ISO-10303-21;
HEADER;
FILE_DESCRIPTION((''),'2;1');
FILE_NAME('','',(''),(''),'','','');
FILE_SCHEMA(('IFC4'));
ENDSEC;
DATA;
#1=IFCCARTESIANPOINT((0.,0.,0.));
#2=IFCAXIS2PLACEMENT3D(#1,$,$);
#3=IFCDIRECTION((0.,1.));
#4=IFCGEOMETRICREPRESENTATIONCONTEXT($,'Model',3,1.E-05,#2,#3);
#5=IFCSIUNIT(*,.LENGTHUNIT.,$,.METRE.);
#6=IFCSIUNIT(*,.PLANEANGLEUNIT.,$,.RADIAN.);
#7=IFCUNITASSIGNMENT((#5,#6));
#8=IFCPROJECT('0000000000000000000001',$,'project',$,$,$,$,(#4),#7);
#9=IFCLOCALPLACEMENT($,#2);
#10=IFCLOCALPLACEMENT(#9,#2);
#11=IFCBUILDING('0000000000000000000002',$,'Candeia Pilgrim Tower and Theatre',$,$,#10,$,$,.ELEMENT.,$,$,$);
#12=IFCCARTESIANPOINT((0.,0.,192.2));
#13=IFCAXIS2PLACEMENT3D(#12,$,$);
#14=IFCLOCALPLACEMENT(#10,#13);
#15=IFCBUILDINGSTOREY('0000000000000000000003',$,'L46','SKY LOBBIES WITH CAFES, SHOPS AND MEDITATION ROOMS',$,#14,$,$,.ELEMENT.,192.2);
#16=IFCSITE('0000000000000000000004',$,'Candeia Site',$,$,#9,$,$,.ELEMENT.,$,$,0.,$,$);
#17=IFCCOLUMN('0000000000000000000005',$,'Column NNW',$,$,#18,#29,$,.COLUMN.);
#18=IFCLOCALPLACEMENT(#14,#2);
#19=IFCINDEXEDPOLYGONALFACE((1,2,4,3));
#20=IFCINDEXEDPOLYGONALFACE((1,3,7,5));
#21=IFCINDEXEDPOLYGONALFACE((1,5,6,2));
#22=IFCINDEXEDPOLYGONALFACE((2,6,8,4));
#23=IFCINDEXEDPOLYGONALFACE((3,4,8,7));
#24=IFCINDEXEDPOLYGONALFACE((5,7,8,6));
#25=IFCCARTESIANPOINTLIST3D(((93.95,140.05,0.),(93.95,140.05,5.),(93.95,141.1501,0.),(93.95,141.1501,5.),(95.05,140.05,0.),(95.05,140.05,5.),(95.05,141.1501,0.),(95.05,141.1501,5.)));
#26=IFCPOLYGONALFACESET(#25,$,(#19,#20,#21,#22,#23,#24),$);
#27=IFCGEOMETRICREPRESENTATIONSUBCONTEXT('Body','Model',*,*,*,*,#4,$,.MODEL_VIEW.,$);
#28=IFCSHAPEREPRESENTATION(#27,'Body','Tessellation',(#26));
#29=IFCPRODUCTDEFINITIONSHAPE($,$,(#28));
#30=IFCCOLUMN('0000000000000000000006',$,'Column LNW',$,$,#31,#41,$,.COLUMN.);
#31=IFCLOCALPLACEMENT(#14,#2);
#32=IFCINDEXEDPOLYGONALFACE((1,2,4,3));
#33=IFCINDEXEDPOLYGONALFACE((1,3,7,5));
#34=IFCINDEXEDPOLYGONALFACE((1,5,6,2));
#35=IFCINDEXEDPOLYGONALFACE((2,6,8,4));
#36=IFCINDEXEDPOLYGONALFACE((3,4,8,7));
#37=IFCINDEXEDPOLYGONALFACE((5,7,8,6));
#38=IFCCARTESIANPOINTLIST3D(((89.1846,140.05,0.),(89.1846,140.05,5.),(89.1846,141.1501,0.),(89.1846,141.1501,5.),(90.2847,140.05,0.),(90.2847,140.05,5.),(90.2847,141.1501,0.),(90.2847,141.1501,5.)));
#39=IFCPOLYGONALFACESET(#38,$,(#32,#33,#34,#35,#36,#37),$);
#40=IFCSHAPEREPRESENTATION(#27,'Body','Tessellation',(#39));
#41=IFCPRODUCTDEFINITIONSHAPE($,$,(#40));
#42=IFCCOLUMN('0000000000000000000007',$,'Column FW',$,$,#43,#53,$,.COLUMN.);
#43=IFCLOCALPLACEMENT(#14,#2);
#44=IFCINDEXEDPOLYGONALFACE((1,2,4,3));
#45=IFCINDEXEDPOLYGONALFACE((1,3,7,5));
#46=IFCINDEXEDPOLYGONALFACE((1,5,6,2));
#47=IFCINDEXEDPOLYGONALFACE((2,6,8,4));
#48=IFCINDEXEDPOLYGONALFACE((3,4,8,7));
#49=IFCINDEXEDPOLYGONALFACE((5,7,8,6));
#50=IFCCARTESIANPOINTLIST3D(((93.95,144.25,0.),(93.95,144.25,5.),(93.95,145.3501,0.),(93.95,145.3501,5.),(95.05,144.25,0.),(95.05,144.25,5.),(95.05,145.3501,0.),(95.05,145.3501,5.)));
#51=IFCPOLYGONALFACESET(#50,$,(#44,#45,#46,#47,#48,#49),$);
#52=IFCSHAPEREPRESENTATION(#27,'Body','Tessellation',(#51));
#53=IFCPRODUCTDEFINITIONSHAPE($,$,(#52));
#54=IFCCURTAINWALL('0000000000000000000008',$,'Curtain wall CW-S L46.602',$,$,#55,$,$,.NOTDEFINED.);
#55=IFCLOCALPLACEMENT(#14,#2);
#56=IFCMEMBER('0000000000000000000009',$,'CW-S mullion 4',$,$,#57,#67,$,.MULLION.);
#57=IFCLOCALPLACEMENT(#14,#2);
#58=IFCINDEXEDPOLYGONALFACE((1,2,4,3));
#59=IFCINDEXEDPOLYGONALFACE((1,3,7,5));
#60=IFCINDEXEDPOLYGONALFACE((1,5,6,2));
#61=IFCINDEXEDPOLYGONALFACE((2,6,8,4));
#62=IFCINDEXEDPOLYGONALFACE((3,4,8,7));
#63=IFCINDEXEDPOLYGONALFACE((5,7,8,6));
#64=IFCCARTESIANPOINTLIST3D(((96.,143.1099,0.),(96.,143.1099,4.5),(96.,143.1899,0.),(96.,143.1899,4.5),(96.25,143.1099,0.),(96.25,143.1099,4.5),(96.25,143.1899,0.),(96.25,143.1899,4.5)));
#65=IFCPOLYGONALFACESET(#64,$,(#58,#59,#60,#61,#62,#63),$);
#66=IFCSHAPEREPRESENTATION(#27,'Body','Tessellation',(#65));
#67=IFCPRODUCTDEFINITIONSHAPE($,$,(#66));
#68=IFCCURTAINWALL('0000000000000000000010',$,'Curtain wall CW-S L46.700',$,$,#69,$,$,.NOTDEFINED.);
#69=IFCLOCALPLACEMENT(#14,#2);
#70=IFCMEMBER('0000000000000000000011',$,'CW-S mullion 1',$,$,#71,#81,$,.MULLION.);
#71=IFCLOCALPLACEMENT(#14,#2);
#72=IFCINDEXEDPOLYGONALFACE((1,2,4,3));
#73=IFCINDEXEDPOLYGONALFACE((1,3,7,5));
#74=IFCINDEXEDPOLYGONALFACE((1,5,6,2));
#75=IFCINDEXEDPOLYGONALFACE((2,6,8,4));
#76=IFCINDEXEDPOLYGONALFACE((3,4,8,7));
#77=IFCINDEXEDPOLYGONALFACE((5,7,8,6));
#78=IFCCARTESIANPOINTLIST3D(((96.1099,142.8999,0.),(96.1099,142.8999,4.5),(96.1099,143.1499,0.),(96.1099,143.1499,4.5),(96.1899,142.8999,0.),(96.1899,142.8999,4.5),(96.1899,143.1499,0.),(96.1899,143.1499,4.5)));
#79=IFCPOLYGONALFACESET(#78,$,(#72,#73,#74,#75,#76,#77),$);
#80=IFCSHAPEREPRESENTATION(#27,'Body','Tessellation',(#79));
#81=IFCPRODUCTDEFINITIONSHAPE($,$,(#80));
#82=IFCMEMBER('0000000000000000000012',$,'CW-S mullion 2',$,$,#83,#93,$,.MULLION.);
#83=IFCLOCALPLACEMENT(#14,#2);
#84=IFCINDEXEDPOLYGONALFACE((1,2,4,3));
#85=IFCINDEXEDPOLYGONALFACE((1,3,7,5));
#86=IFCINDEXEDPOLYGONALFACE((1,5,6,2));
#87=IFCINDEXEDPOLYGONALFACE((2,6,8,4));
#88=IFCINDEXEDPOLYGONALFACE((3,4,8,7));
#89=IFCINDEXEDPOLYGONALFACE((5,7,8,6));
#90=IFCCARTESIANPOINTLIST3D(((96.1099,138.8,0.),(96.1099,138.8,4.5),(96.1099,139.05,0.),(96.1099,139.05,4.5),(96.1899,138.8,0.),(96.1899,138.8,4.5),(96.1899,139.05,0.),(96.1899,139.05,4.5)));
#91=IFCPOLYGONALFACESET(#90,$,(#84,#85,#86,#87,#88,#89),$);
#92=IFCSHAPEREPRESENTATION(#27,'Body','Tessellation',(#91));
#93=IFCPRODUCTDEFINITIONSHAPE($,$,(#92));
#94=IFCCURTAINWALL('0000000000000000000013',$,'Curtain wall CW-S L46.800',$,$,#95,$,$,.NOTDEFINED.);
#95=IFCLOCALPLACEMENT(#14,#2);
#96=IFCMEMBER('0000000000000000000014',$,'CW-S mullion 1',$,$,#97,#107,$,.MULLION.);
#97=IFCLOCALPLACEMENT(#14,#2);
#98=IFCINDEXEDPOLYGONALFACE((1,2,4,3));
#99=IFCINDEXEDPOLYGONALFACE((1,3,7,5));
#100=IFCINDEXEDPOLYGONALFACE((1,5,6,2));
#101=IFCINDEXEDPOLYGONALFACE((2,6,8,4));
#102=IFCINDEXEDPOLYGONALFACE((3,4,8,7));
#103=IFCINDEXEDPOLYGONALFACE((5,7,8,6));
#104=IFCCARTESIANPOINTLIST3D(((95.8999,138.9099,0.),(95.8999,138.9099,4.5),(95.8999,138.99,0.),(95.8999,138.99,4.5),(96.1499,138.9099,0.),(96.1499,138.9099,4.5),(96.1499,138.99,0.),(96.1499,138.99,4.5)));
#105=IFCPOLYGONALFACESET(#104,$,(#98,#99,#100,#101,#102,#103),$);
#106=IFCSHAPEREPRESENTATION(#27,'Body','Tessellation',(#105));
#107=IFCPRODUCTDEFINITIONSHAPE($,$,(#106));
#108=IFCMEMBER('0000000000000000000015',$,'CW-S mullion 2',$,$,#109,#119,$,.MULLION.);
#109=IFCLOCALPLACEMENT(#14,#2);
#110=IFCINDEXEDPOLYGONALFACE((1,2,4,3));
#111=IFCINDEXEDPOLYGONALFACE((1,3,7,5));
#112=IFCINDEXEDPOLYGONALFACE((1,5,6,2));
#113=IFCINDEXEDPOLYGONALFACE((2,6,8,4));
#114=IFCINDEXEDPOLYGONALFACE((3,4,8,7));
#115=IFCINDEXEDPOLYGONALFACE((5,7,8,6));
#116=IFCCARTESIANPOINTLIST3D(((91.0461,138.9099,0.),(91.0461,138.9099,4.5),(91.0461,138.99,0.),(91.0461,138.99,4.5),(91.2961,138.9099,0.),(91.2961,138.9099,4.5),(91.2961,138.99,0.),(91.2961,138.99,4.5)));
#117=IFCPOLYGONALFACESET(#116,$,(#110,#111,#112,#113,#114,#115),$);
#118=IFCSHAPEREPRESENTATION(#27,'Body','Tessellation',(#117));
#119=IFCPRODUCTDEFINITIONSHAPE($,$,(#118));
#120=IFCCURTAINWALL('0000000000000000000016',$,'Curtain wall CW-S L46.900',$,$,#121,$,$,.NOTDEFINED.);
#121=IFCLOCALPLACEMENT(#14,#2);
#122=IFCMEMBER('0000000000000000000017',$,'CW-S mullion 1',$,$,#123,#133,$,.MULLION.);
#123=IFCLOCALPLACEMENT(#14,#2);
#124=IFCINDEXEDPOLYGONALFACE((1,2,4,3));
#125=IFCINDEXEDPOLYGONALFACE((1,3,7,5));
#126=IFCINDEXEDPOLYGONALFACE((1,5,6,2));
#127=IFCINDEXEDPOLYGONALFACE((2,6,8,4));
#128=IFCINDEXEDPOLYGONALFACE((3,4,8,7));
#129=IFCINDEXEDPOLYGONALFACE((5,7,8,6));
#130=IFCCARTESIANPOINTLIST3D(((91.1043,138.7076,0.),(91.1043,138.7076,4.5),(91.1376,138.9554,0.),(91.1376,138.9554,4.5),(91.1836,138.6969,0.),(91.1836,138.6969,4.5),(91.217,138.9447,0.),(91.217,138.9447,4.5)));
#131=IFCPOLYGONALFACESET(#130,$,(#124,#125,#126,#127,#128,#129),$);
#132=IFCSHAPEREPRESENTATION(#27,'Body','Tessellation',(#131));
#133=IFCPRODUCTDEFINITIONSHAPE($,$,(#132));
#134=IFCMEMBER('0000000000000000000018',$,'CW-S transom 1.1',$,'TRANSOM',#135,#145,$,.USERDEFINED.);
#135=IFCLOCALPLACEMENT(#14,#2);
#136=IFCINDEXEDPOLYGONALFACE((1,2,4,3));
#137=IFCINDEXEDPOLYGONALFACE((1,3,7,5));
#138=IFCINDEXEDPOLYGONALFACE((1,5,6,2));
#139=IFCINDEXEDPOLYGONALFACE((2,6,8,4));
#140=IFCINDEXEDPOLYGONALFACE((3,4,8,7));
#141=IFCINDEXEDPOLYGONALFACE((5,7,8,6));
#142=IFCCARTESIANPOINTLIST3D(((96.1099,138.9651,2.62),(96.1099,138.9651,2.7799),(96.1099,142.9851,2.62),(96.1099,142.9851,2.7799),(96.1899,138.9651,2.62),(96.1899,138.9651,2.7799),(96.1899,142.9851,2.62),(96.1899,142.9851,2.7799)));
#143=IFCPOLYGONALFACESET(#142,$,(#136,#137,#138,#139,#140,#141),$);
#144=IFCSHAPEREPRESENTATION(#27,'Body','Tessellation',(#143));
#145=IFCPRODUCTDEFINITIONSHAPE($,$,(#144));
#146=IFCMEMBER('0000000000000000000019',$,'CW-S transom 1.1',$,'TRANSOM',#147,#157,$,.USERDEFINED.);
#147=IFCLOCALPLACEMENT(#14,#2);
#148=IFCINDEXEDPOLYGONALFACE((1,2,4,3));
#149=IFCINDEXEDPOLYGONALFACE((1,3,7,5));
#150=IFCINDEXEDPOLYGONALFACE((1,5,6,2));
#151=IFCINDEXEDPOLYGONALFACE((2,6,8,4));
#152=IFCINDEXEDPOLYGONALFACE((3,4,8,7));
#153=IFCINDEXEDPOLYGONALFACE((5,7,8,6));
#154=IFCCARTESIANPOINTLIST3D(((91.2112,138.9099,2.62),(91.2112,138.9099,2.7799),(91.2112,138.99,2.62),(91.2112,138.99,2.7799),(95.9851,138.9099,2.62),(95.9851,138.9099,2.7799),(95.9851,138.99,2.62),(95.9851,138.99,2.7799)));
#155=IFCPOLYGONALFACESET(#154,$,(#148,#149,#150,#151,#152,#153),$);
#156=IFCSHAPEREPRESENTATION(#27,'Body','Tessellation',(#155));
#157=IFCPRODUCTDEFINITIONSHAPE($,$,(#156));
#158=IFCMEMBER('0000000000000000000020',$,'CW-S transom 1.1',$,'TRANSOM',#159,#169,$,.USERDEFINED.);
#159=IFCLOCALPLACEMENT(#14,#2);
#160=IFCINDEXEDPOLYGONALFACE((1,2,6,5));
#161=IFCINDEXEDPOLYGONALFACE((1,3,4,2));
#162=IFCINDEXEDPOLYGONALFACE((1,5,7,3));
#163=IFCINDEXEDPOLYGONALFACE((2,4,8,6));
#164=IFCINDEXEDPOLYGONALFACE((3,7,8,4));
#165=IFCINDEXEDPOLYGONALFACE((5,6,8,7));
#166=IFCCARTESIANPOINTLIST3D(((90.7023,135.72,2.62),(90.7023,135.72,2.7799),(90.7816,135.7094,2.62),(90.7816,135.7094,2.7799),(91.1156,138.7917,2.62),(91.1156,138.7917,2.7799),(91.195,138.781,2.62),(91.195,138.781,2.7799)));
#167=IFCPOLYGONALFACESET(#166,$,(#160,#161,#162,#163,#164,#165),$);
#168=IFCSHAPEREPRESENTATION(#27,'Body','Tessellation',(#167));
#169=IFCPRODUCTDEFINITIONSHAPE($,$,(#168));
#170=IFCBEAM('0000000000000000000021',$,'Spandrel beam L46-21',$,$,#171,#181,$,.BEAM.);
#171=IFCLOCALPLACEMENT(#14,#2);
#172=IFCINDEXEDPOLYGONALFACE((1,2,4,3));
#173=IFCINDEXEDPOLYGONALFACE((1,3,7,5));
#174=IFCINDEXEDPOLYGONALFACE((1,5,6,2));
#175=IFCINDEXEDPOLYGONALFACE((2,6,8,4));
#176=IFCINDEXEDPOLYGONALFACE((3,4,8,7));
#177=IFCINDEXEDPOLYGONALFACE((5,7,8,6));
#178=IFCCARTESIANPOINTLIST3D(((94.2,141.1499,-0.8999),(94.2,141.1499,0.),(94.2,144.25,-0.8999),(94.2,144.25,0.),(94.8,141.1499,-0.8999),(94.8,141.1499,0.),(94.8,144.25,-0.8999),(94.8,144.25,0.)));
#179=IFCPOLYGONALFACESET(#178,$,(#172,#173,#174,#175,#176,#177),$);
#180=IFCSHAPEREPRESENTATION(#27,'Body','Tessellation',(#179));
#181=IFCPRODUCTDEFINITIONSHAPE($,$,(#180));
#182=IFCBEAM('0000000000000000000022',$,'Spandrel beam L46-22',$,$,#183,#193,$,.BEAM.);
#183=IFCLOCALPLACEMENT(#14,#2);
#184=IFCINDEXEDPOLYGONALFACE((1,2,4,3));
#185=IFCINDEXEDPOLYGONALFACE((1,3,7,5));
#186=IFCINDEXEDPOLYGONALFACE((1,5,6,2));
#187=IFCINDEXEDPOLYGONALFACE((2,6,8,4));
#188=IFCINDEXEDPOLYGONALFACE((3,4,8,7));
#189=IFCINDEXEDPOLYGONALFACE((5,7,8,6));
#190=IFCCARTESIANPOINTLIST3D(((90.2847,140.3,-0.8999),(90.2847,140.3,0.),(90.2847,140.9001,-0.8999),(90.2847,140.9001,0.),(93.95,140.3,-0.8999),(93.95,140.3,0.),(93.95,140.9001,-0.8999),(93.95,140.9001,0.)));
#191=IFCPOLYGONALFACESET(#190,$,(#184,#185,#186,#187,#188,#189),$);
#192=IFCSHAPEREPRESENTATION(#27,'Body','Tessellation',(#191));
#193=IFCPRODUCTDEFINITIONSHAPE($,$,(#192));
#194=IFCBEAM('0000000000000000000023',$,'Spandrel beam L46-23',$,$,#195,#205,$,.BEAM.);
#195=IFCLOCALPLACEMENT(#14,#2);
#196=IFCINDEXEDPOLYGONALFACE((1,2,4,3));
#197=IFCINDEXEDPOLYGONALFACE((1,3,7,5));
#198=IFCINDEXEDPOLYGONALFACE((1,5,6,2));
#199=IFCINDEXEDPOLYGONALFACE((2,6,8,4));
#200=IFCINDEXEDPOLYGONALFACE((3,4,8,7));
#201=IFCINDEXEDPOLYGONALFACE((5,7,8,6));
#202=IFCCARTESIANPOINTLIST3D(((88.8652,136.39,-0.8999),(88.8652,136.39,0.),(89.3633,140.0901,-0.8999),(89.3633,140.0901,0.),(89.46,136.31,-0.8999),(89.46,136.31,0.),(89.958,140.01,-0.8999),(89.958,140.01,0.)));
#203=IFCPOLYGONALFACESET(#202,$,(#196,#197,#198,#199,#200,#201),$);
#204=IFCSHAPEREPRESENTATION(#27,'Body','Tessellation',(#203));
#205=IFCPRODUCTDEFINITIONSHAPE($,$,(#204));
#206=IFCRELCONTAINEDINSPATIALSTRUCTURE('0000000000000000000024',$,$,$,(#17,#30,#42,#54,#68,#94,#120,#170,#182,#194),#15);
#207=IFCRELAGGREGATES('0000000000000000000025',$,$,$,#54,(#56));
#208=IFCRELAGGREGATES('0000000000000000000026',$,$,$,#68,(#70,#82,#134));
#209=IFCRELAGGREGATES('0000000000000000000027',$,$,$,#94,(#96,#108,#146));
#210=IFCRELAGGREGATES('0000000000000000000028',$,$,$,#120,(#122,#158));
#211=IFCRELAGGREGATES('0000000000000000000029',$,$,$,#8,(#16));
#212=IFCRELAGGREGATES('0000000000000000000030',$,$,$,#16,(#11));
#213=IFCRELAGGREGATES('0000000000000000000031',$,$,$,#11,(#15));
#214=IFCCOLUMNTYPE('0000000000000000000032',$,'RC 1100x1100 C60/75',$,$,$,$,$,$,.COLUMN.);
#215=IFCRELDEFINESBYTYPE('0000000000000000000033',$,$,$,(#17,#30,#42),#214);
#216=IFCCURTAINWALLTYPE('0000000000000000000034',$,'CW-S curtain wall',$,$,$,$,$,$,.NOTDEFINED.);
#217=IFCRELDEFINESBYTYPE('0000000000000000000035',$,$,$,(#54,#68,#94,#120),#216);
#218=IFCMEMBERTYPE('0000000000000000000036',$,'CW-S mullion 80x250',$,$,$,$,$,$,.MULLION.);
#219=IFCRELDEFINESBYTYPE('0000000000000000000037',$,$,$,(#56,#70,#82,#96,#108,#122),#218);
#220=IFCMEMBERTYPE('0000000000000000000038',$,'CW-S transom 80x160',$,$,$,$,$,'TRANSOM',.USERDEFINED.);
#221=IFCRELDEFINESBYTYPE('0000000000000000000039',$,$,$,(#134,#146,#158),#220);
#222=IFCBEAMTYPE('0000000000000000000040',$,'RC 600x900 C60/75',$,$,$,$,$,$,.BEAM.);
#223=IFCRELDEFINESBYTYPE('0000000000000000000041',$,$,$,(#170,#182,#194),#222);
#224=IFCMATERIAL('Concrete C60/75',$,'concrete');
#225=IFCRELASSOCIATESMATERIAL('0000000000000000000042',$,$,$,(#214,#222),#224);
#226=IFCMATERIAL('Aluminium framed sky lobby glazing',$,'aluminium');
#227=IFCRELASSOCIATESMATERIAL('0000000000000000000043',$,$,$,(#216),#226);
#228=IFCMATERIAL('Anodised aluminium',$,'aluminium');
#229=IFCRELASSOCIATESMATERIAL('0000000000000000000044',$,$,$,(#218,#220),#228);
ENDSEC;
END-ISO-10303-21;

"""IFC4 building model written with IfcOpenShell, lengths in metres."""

from ifc_helpers import new_model, si_unit, direction, frame, origin, origin_2d, place, context, subcontext, project, spatial, rectangle, extrude, material, material_profile, profile_set, type_object, element, aggregate, save


model = new_model("IFC4")

# Units and contexts
model_context = context("Model", 3, precision=1e-05, world=origin(), true_north=direction((0.0, 1.0)))
body_context = subcontext(model_context, "Body", "Model", "MODEL_VIEW")
ifc_project = project(units=[si_unit("LENGTHUNIT", "METRE"), si_unit("PLANEANGLEUNIT", "RADIAN")], contexts=[model_context])

# Site, building, storey
site_placement = place(None, origin())
site = spatial("IfcSite", under=ifc_project, at=site_placement, Name="Candeia Site", CompositionType="ELEMENT", RefElevation=0.0)
building_placement = place(site_placement, origin())
building = spatial("IfcBuilding", under=site, at=building_placement, Name="Candeia Pilgrim Tower and Theatre", CompositionType="ELEMENT")
storey_placement = place(building_placement, frame((0.0, 0.0, 192.2)))
storey = spatial("IfcBuildingStorey", under=building, at=storey_placement, Name="L46", Description="SKY LOBBIES WITH CAFES, SHOPS AND MEDITATION ROOMS", CompositionType="ELEMENT", Elevation=192.2)

# Columns
ifc_material_1 = material(Name="Concrete C60/75", Category="concrete")
ifc_material_profile_1 = material_profile(ifc_material_1, rectangle(XDim=1.1001, YDim=1.1001, at=origin_2d()))
ifc_profile_set_1 = profile_set([ifc_material_profile_1], Name="Concrete C60/75")
column_type = type_object("IfcColumnType", Name="RC 1100x1100 C60/75", PredefinedType="COLUMN", material=ifc_profile_set_1)
for number, where, z_axis, x_axis, name in (
    (1, (94.5, 140.6001, 0.0), (0.0, 0.0, 1.0), (1.0, 0.0, 0.0), "Column NNW"),
    (2, (89.7346, 140.6001, 0.0), (0.0, 0.0, 1.0), (1.0, 0.0, 0.0), "Column LNW"),
    (3, (94.5, 144.8, 0.0), (0.0, 0.0, 1.0), (1.0, 0.0, 0.0), "Column FW"),
):
    element("IfcColumn", number, at=place(storey_placement, frame(where, z_axis=z_axis, x_axis=x_axis)), inside=storey, type_object=column_type, Name=name, PredefinedType="COLUMN", context=body_context, shape_type="SweptSolid", body=[
        extrude(rectangle(XDim=1.1001, YDim=1.1001, at=origin_2d()), origin(), (0.0, 0.0, 1.0), 5.0),
    ])

# Curtain wall, member
ifc_material_2 = material(Name="Aluminium framed sky lobby glazing", Category="aluminium")
curtain_wall_type = type_object("IfcCurtainWallType", Name="CW-S curtain wall", PredefinedType="NOTDEFINED", material=ifc_material_2)
curtain_wall_1_placement = place(storey_placement, origin())
curtain_wall_1 = element("IfcCurtainWall", 4, at=curtain_wall_1_placement, inside=storey, type_object=curtain_wall_type, Name="Curtain wall CW-S L46.602", PredefinedType="NOTDEFINED")
ifc_material_3 = material(Name="Anodised aluminium", Category="aluminium")
ifc_material_profile_2 = material_profile(ifc_material_3, rectangle(XDim=0.0801, YDim=0.25, at=origin_2d()))
ifc_profile_set_2 = profile_set([ifc_material_profile_2], Name="Anodised aluminium")
member_type_1 = type_object("IfcMemberType", Name="CW-S mullion 80x250", PredefinedType="MULLION", material=ifc_profile_set_2)
member_1_placement = place(storey_placement, frame((96.125, 143.1499, 0.0), z_axis=(0.0, 0.0, 1.0), x_axis=(0.0, -1.0, 0.0)))
member_1 = element("IfcMember", 5, at=member_1_placement, type_object=member_type_1, Name="CW-S mullion 4", PredefinedType="MULLION", context=body_context, shape_type="SweptSolid", body=[
    extrude(rectangle(XDim=0.0801, YDim=0.25, at=origin_2d()), origin(), (0.0, 0.0, 1.0), 4.5),
])

# Curtain walls, members
curtain_wall_2_placement = place(storey_placement, origin())
curtain_wall_2 = element("IfcCurtainWall", 6, at=curtain_wall_2_placement, inside=storey, type_object=curtain_wall_type, Name="Curtain wall CW-S L46.700", PredefinedType="NOTDEFINED")
member_2_placement = place(storey_placement, frame((96.1499, 143.0249, 0.0), z_axis=(0.0, 0.0, 1.0), x_axis=(1.0, 0.0, 0.0)))
member_2 = element("IfcMember", 7, at=member_2_placement, type_object=member_type_1, Name="CW-S mullion 1", PredefinedType="MULLION", context=body_context, shape_type="SweptSolid", body=[
    extrude(rectangle(XDim=0.0801, YDim=0.25, at=origin_2d()), origin(), (0.0, 0.0, 1.0), 4.5),
])
member_3_placement = place(storey_placement, frame((96.1499, 138.925, 0.0), z_axis=(0.0, 0.0, 1.0), x_axis=(1.0, 0.0, 0.0)))
member_3 = element("IfcMember", 8, at=member_3_placement, type_object=member_type_1, Name="CW-S mullion 2", PredefinedType="MULLION", context=body_context, shape_type="SweptSolid", body=[
    extrude(rectangle(XDim=0.0801, YDim=0.25, at=origin_2d()), origin(), (0.0, 0.0, 1.0), 4.5),
])
curtain_wall_3_placement = place(storey_placement, origin())
curtain_wall_3 = element("IfcCurtainWall", 9, at=curtain_wall_3_placement, inside=storey, type_object=curtain_wall_type, Name="Curtain wall CW-S L46.800", PredefinedType="NOTDEFINED")
member_4_placement = place(storey_placement, frame((96.0249, 138.95, 0.0), z_axis=(0.0, 0.0, 1.0), x_axis=(0.0, -1.0, 0.0)))
member_4 = element("IfcMember", 10, at=member_4_placement, type_object=member_type_1, Name="CW-S mullion 1", PredefinedType="MULLION", context=body_context, shape_type="SweptSolid", body=[
    extrude(rectangle(XDim=0.0801, YDim=0.25, at=origin_2d()), origin(), (0.0, 0.0, 1.0), 4.5),
])
member_5_placement = place(storey_placement, frame((91.1711, 138.95, 0.0), z_axis=(0.0, 0.0, 1.0), x_axis=(0.0, -1.0, 0.0)))
member_5 = element("IfcMember", 11, at=member_5_placement, type_object=member_type_1, Name="CW-S mullion 2", PredefinedType="MULLION", context=body_context, shape_type="SweptSolid", body=[
    extrude(rectangle(XDim=0.0801, YDim=0.25, at=origin_2d()), origin(), (0.0, 0.0, 1.0), 4.5),
])

# Curtain wall, member
curtain_wall_4_placement = place(storey_placement, origin())
curtain_wall_4 = element("IfcCurtainWall", 12, at=curtain_wall_4_placement, inside=storey, type_object=curtain_wall_type, Name="Curtain wall CW-S L46.900", PredefinedType="NOTDEFINED")
member_6_placement = place(storey_placement, frame((91.1606, 138.8262, 0.0), z_axis=(0.0, 0.0, 1.0), x_axis=(0.991061, -0.133412, 0.0)))
member_6 = element("IfcMember", 13, at=member_6_placement, type_object=member_type_1, Name="CW-S mullion 1", PredefinedType="MULLION", context=body_context, shape_type="SweptSolid", body=[
    extrude(rectangle(XDim=0.0801, YDim=0.25, at=origin_2d()), origin(), (0.0, 0.0, 1.0), 4.5),
])

# Members
ifc_material_profile_3 = material_profile(ifc_material_3, rectangle(XDim=0.0801, YDim=0.1599, at=origin_2d()))
ifc_profile_set_3 = profile_set([ifc_material_profile_3], Name="Anodised aluminium")
member_type_2 = type_object("IfcMemberType", Name="CW-S transom 80x160", ElementType="TRANSOM", PredefinedType="USERDEFINED", material=ifc_profile_set_3)
member_7_placement = place(storey_placement, frame((96.1499, 142.9851, 2.7), z_axis=(0.0, -1.0, 0.0), x_axis=(1.0, 0.0, 0.0)))
member_7 = element("IfcMember", 14, at=member_7_placement, type_object=member_type_2, Name="CW-S transom 1.1", ObjectType="TRANSOM", PredefinedType="USERDEFINED", context=body_context, shape_type="SweptSolid", body=[
    extrude(rectangle(XDim=0.0801, YDim=0.1599, at=origin_2d()), origin(), (0.0, 0.0, 1.0), 4.02),
])
member_8_placement = place(storey_placement, frame((95.9851, 138.95, 2.7), z_axis=(-1.0, 0.0, 0.0), x_axis=(0.0, -1.0, 0.0)))
member_8 = element("IfcMember", 15, at=member_8_placement, type_object=member_type_2, Name="CW-S transom 1.1", ObjectType="TRANSOM", PredefinedType="USERDEFINED", context=body_context, shape_type="SweptSolid", body=[
    extrude(rectangle(XDim=0.0801, YDim=0.1599, at=origin_2d()), origin(), (0.0, 0.0, 1.0), 4.7739),
])
member_9_placement = place(storey_placement, frame((91.1553, 138.7864, 2.7), z_axis=(-0.133355, -0.991068, 0.0), x_axis=(0.991068, -0.133355, 0.0)))
member_9 = element("IfcMember", 16, at=member_9_placement, type_object=member_type_2, Name="CW-S transom 1.1", ObjectType="TRANSOM", PredefinedType="USERDEFINED", context=body_context, shape_type="SweptSolid", body=[
    extrude(rectangle(XDim=0.0801, YDim=0.1599, at=origin_2d()), origin(), (0.0, 0.0, 1.0), 3.0994),
])

# Beams
ifc_material_profile_4 = material_profile(ifc_material_1, rectangle(XDim=0.6001, YDim=0.8999, at=origin_2d()))
ifc_profile_set_4 = profile_set([ifc_material_profile_4], Name="Concrete C60/75")
beam_type = type_object("IfcBeamType", Name="RC 600x900 C60/75", PredefinedType="BEAM", material=ifc_profile_set_4)
beam_1_placement = place(storey_placement, frame((94.5, 144.25, -0.45), z_axis=(0.0, -1.0, 0.0), x_axis=(1.0, 0.0, 0.0)))
element("IfcBeam", 17, at=beam_1_placement, inside=storey, type_object=beam_type, Name="Spandrel beam L46-21", PredefinedType="BEAM", context=body_context, shape_type="SweptSolid", body=[
    extrude(rectangle(XDim=0.6001, YDim=0.8999, at=origin_2d()), origin(), (0.0, 0.0, 1.0), 3.1001),
])
beam_2_placement = place(storey_placement, frame((93.95, 140.6001, -0.45), z_axis=(-1.0, 0.0, 0.0), x_axis=(0.0, -1.0, 0.0)))
element("IfcBeam", 18, at=beam_2_placement, inside=storey, type_object=beam_type, Name="Spandrel beam L46-22", PredefinedType="BEAM", context=body_context, shape_type="SweptSolid", body=[
    extrude(rectangle(XDim=0.6001, YDim=0.8999, at=origin_2d()), origin(), (0.0, 0.0, 1.0), 3.6653),
])
beam_3_placement = place(storey_placement, frame((89.6606, 140.05, -0.45), z_axis=(-0.133406, -0.991061, 0.0), x_axis=(0.991061, -0.133406, 0.0)))
element("IfcBeam", 19, at=beam_3_placement, inside=storey, type_object=beam_type, Name="Spandrel beam L46-23", PredefinedType="BEAM", context=body_context, shape_type="SweptSolid", body=[
    extrude(rectangle(XDim=0.6001, YDim=0.8999, at=origin_2d()), origin(), (0.0, 0.0, 1.0), 3.7334),
])

aggregate(curtain_wall_1, [member_1])
aggregate(curtain_wall_2, [member_2, member_3, member_7])
aggregate(curtain_wall_3, [member_4, member_5, member_8])
aggregate(curtain_wall_4, [member_6, member_9])

save(model, "model.ifc")
